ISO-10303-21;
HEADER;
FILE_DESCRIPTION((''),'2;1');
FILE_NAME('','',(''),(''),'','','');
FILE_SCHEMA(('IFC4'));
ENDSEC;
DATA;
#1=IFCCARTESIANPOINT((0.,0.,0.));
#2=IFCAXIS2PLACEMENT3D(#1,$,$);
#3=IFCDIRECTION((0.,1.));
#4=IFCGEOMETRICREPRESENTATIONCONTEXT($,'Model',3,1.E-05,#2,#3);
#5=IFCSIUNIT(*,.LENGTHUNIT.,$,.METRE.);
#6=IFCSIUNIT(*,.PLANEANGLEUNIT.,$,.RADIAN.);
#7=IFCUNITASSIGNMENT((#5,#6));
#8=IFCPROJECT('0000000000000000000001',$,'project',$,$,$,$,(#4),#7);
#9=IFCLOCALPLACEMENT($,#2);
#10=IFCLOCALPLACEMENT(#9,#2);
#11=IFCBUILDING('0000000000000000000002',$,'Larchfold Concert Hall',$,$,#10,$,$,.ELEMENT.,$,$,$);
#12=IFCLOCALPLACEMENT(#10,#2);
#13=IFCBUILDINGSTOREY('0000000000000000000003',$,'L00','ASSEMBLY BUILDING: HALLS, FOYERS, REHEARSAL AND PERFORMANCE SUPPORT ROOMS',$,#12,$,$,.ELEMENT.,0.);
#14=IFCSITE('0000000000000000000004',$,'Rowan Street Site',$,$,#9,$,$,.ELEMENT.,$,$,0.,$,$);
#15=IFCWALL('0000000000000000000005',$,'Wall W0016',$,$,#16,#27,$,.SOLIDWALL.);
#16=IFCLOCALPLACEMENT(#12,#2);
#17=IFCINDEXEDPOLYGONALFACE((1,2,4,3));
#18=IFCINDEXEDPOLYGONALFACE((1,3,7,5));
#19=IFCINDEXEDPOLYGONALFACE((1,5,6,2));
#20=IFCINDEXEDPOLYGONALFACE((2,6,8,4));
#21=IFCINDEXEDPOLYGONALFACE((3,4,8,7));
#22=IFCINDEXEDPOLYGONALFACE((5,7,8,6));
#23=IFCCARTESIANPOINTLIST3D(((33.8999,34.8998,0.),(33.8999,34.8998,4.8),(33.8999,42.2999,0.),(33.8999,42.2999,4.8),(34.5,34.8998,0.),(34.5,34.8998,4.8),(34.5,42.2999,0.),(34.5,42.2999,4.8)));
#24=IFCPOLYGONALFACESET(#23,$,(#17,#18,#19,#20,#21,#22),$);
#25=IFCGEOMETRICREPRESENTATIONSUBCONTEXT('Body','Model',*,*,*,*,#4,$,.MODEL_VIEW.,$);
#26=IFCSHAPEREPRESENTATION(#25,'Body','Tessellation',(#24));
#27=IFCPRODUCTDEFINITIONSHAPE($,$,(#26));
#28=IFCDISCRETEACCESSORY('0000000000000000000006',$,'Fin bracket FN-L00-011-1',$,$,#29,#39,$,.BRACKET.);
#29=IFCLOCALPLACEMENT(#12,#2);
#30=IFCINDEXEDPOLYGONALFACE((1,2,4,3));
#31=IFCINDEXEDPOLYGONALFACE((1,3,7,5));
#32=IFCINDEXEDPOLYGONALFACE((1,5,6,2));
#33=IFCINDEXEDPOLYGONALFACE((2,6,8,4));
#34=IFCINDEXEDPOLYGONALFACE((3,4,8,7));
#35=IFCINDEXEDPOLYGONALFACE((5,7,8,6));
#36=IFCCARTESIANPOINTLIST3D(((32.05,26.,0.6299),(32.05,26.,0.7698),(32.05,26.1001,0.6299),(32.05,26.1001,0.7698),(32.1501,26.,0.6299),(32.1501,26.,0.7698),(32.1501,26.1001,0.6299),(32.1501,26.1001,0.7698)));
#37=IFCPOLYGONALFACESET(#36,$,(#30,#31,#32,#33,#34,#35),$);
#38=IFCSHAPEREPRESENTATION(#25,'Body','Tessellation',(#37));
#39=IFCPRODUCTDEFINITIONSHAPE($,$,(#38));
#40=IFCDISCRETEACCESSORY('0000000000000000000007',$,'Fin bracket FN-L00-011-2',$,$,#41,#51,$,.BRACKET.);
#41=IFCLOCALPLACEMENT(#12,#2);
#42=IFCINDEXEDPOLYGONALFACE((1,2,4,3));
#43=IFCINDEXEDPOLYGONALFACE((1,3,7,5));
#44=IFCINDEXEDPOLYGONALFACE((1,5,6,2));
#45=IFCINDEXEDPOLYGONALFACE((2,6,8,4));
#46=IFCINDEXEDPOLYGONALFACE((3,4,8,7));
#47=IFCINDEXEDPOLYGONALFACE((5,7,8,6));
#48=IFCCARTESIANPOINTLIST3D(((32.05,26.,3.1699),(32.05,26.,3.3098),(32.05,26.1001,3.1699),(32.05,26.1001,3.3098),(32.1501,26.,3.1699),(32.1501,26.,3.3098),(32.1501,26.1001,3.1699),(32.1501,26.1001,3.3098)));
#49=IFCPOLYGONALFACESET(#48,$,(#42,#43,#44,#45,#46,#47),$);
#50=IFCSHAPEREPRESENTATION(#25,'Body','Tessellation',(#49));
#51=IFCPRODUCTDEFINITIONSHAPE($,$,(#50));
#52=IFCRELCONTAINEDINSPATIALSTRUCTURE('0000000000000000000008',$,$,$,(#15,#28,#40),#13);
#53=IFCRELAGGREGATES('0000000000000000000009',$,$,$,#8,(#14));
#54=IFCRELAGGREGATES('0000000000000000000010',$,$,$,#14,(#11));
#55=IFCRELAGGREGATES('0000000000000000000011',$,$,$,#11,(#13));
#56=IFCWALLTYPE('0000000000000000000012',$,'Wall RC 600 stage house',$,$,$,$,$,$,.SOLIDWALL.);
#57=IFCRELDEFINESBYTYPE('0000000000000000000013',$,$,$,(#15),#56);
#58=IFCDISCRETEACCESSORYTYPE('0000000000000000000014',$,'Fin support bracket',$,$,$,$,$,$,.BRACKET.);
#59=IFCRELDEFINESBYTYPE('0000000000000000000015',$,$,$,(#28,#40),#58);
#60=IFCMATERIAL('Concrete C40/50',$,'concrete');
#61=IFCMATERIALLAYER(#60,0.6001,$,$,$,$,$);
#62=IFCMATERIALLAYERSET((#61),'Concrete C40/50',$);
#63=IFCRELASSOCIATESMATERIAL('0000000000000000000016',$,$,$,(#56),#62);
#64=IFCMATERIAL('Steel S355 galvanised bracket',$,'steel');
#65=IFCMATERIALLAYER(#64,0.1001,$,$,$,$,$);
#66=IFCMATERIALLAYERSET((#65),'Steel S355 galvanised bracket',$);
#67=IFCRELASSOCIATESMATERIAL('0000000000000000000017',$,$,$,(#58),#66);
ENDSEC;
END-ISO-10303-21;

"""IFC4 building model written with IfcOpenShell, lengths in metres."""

from ifc_helpers import new_model, si_unit, direction, frame, frame_2d, origin, origin_2d, place, context, subcontext, project, spatial, rectangle, extrude, material, layer, layer_set, type_object, element, save


model = new_model("IFC4")

# Units and contexts
model_context = context("Model", 3, precision=1e-05, world=origin(), true_north=direction((0.0, 1.0)))
body_context = subcontext(model_context, "Body", "Model", "MODEL_VIEW")
ifc_project = project(units=[si_unit("LENGTHUNIT", "METRE"), si_unit("PLANEANGLEUNIT", "RADIAN")], contexts=[model_context])

# Site, building, storey
site_placement = place(None, origin())
site = spatial("IfcSite", under=ifc_project, at=site_placement, Name="Rowan Street Site", CompositionType="ELEMENT", RefElevation=0.0)
building_placement = place(site_placement, origin())
building = spatial("IfcBuilding", under=site, at=building_placement, Name="Larchfold Concert Hall", CompositionType="ELEMENT")
storey_placement = place(building_placement, origin())
storey = spatial("IfcBuildingStorey", under=building, at=storey_placement, Name="L00", Description="ASSEMBLY BUILDING: HALLS, FOYERS, REHEARSAL AND PERFORMANCE SUPPORT ROOMS", CompositionType="ELEMENT", Elevation=0.0)

# Wall
ifc_material_1 = material(Name="Concrete C40/50", Category="concrete")
ifc_layer_1 = layer(ifc_material_1, 0.6001)
ifc_layer_set_1 = layer_set([ifc_layer_1], Name="Concrete C40/50")
wall_type = type_object("IfcWallType", Name="Wall RC 600 stage house", PredefinedType="SOLIDWALL", material=ifc_layer_set_1)
wall_placement = place(storey_placement, frame((34.2, 42.3, 0.0), z_axis=(0.0, 0.0, 1.0), x_axis=(0.0, -1.0, 0.0)))
element("IfcWall", 1, at=wall_placement, inside=storey, type_object=wall_type, Name="Wall W0016", PredefinedType="SOLIDWALL", context=body_context, shape_type="SweptSolid", body=[
    extrude(rectangle(XDim=7.4001, YDim=0.6001, at=frame_2d((3.7002, 0.0))), origin(), (0.0, 0.0, 1.0), 4.8),
])

# Discrete accessories
ifc_material_2 = material(Name="Steel S355 galvanised bracket", Category="steel")
ifc_layer_2 = layer(ifc_material_2, 0.1001)
ifc_layer_set_2 = layer_set([ifc_layer_2], Name="Steel S355 galvanised bracket")
discrete_accessory_type = type_object("IfcDiscreteAccessoryType", Name="Fin support bracket", PredefinedType="BRACKET", material=ifc_layer_set_2)
for number, where, z_axis, x_axis, name in (
    (2, (32.1001, 26.05, 0.6299), (0.0, 0.0, 1.0), (0.0, 1.0, 0.0), "Fin bracket FN-L00-011-1"),
    (3, (32.1001, 26.05, 3.1699), (0.0, 0.0, 1.0), (0.0, 1.0, 0.0), "Fin bracket FN-L00-011-2"),
):
    element("IfcDiscreteAccessory", number, at=place(storey_placement, frame(where, z_axis=z_axis, x_axis=x_axis)), inside=storey, type_object=discrete_accessory_type, Name=name, PredefinedType="BRACKET", context=body_context, shape_type="SweptSolid", body=[
        extrude(rectangle(XDim=0.1001, YDim=0.1001, at=origin_2d()), origin(), (0.0, 0.0, 1.0), 0.1399),
    ])

save(model, "model.ifc")
